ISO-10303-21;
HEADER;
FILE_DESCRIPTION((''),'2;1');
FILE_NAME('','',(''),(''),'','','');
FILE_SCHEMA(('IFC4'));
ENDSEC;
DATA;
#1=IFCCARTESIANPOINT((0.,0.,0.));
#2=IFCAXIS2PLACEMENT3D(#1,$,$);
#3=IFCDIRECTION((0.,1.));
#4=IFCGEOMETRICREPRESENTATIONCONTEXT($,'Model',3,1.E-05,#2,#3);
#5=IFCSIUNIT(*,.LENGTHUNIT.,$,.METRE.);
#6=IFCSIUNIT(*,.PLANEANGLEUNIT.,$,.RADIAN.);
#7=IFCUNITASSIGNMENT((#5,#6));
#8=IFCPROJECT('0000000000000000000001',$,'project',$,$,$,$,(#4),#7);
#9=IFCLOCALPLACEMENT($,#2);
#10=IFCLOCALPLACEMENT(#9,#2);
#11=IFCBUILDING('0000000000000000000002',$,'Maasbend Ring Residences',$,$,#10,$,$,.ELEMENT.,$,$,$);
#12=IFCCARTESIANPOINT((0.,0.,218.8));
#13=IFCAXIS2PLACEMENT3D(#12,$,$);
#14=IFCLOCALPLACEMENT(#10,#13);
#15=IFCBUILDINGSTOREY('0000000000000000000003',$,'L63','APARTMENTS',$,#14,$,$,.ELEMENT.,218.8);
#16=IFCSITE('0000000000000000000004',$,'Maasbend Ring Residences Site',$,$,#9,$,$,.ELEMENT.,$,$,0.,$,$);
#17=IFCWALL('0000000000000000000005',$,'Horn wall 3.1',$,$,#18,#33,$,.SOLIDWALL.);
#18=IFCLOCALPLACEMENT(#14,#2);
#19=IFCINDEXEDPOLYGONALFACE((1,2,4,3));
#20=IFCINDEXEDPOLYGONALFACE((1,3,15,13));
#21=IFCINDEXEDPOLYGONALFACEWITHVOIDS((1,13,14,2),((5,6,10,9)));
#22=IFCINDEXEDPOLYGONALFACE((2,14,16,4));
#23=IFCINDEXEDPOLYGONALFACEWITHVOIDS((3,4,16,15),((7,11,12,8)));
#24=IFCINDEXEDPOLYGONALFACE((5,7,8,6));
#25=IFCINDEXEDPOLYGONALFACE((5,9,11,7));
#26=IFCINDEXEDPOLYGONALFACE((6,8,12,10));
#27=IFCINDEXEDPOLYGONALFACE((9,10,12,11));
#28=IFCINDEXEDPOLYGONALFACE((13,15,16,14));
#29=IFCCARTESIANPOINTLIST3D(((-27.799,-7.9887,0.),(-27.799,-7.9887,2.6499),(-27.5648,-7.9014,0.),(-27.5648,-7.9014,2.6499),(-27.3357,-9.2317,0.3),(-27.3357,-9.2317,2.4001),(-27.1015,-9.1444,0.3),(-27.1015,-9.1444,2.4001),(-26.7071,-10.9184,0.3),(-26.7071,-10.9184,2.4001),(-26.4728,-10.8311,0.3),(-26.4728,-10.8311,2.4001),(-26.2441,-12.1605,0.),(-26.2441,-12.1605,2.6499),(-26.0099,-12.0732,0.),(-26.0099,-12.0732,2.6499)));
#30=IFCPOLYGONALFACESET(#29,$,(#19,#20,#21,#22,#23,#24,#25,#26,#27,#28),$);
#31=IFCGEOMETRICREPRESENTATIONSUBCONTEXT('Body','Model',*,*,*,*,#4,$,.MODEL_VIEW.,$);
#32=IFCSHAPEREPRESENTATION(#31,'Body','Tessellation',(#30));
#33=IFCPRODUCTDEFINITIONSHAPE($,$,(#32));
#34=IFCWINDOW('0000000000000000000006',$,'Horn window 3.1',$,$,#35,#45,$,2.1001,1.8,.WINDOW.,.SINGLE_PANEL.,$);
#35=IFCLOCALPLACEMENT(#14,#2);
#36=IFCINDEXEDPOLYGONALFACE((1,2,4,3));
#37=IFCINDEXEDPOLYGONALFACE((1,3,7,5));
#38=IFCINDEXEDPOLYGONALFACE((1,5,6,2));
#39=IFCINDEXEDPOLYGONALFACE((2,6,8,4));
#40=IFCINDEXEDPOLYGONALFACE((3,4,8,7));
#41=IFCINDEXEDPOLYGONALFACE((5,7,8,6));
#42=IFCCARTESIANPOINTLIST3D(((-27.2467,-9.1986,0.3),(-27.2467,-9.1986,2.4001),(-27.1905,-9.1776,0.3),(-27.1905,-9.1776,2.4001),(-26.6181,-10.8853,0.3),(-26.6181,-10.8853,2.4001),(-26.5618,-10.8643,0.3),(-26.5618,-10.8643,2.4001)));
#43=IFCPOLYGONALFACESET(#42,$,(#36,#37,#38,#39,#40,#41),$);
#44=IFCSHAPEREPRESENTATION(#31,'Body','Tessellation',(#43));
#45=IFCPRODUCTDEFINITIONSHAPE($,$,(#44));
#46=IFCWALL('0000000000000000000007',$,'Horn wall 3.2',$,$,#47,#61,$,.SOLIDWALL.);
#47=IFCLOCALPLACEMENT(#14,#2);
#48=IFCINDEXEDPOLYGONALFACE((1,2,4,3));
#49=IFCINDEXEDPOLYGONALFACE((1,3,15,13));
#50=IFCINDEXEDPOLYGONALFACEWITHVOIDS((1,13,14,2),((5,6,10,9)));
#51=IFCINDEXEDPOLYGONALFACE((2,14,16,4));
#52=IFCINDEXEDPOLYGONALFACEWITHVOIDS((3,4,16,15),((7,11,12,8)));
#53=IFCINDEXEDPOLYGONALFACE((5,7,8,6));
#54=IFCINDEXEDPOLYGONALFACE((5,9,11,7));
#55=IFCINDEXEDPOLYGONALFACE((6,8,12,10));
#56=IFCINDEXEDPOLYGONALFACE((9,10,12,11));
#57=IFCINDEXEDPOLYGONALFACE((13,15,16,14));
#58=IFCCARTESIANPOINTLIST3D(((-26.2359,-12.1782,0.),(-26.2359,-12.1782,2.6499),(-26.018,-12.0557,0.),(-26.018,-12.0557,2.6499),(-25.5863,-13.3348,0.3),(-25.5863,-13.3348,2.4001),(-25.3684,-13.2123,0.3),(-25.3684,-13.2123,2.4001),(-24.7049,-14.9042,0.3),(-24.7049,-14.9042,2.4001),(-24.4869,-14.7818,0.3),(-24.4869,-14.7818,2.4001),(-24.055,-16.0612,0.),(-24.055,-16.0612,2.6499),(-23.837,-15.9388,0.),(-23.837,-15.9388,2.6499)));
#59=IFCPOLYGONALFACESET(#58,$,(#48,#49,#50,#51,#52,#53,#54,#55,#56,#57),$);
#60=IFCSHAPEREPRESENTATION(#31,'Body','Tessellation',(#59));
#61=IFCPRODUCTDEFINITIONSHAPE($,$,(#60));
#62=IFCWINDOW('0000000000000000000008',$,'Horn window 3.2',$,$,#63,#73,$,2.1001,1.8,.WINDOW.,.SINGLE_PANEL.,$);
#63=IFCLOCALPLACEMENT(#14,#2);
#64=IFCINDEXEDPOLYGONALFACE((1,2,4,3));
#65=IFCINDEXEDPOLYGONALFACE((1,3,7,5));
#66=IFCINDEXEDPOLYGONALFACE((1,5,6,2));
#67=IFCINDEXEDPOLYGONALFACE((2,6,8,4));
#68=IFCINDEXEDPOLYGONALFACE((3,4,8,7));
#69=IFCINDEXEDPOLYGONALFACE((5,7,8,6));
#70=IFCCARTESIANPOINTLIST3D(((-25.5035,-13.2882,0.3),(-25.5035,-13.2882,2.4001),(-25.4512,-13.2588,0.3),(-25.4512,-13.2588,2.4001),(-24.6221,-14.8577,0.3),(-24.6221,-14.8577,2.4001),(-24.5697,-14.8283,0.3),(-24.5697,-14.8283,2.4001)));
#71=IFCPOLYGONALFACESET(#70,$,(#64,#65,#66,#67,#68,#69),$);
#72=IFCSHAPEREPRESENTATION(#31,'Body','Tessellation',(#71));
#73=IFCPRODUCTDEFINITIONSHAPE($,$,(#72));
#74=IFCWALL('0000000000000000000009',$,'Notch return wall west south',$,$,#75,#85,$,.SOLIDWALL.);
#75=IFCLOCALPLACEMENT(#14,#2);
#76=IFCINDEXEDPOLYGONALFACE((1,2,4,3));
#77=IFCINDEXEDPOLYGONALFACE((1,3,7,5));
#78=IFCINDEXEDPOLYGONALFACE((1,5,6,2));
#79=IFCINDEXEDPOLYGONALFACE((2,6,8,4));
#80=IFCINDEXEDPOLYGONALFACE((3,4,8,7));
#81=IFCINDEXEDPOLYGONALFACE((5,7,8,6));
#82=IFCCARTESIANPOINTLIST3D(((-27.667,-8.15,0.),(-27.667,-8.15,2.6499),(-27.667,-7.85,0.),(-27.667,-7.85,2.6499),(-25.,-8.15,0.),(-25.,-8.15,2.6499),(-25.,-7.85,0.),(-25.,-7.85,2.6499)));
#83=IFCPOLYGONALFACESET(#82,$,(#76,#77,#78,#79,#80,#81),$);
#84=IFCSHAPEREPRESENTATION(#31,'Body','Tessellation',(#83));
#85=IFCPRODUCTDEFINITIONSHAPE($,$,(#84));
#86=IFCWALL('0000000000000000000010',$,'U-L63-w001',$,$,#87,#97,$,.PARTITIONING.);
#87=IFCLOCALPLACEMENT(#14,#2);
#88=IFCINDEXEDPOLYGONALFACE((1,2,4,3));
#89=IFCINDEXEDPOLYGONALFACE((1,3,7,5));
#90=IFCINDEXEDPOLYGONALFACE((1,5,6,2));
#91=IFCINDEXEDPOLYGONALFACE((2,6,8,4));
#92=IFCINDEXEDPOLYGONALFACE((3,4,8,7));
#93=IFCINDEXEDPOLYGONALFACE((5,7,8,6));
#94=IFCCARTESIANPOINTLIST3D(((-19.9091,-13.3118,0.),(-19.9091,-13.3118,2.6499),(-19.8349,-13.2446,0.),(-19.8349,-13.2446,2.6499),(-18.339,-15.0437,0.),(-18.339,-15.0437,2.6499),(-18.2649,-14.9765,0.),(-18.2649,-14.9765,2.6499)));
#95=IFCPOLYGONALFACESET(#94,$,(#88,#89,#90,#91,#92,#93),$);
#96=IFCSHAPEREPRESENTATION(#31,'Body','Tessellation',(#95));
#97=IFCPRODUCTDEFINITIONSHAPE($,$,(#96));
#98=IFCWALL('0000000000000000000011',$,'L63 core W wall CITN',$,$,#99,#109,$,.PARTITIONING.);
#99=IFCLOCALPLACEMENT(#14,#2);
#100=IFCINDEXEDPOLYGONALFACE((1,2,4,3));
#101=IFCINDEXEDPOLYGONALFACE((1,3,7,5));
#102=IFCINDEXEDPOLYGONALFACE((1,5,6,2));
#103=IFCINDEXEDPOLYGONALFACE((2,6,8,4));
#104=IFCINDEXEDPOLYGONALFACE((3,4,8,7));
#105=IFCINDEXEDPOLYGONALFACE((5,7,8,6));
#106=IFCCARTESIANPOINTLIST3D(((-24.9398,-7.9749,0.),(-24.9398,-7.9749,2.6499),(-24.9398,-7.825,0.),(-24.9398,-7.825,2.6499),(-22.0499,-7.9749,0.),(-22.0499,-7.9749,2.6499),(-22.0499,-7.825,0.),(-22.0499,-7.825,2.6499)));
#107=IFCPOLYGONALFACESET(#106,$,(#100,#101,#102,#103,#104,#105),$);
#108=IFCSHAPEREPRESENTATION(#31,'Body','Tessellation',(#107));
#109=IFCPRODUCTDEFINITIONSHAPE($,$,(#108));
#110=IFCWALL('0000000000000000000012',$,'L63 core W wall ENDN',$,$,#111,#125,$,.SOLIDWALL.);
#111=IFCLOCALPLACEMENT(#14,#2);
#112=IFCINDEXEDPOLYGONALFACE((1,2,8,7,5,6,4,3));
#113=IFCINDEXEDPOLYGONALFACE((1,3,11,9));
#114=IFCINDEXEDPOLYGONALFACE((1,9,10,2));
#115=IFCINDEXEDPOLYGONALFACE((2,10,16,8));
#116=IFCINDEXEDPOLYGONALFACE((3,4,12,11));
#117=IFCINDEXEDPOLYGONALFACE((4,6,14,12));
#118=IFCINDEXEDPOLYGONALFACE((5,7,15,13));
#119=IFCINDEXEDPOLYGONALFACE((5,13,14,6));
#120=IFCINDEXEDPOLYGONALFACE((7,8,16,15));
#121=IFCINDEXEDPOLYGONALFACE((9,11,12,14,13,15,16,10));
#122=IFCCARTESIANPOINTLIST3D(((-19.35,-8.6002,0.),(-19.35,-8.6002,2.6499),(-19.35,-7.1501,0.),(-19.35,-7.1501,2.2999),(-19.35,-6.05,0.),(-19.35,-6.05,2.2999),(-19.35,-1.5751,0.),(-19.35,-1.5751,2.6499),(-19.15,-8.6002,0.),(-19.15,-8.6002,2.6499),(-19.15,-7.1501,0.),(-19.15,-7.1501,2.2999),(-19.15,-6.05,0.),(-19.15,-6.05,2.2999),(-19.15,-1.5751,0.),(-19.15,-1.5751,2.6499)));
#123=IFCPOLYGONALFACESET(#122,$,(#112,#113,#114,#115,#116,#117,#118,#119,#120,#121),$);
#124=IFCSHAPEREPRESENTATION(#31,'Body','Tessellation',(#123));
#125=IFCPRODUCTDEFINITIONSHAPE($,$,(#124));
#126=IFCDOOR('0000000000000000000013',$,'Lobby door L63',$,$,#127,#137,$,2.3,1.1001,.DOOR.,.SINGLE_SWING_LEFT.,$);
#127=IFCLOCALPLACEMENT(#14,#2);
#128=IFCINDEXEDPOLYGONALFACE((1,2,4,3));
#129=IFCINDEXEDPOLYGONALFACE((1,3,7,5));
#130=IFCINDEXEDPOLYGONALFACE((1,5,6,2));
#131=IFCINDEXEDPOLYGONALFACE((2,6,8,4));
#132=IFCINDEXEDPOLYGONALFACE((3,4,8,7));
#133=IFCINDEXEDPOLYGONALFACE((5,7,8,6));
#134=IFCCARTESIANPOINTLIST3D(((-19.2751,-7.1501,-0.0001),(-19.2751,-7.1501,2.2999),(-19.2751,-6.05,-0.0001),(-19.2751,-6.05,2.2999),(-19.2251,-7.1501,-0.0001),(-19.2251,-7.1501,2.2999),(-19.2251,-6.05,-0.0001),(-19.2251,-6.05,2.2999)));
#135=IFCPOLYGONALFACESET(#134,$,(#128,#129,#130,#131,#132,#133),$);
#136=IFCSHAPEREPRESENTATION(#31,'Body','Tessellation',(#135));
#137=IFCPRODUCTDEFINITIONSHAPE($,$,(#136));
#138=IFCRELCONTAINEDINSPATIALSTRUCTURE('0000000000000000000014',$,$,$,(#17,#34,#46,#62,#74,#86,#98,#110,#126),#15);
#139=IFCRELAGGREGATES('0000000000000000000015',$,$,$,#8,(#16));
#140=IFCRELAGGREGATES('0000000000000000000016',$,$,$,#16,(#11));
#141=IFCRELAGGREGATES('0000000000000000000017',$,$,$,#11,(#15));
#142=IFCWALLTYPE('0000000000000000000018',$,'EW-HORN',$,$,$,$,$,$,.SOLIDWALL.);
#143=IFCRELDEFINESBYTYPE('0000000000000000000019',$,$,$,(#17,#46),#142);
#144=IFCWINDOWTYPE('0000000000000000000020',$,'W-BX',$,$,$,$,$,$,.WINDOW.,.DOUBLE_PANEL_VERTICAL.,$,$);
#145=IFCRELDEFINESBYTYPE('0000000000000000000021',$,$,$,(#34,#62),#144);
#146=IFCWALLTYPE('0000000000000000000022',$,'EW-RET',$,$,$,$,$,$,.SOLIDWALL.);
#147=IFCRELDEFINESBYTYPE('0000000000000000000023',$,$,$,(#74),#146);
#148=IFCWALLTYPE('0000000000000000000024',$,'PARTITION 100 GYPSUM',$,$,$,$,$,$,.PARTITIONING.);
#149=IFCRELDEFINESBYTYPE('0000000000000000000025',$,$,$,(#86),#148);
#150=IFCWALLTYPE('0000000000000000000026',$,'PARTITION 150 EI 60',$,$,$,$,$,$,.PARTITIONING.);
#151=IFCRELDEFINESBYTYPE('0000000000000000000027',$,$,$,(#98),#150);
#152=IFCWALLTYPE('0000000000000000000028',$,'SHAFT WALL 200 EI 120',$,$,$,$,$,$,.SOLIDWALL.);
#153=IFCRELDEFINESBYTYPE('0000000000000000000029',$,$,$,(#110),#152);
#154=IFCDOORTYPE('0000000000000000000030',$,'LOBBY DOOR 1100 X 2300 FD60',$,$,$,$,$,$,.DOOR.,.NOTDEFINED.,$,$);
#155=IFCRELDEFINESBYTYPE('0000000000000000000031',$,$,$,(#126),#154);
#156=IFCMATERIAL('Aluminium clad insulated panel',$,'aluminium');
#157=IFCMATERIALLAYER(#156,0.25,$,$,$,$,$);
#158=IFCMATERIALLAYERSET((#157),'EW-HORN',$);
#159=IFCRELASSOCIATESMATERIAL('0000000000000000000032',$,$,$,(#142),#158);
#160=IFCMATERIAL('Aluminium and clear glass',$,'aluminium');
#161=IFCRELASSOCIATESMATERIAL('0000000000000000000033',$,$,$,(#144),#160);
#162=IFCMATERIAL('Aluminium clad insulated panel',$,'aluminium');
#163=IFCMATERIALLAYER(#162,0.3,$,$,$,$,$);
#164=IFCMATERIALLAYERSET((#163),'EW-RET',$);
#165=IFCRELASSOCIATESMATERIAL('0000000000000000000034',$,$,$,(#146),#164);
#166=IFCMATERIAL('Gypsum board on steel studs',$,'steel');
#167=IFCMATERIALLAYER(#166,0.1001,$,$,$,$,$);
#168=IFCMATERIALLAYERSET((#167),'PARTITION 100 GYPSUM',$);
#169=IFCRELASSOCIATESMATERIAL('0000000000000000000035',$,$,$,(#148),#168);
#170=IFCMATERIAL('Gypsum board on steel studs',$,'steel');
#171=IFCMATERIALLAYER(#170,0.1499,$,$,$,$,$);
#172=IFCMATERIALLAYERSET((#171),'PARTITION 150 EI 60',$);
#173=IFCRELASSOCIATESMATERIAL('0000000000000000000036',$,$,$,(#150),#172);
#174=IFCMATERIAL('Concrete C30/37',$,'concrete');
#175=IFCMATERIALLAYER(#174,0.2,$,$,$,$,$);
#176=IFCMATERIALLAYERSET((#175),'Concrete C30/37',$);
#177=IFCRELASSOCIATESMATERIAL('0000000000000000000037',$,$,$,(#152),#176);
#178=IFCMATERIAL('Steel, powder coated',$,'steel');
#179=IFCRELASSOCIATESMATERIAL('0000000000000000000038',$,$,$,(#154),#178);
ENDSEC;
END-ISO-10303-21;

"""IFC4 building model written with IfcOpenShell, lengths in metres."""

from ifc_helpers import new_model, si_unit, direction, frame, frame_2d, origin, place, context, subcontext, project, spatial, rectangle, extrude, material, layer, layer_set, type_object, element, fill, save


model = new_model("IFC4")

# Units and contexts
model_context = context("Model", 3, precision=1e-05, world=origin(), true_north=direction((0.0, 1.0)))
body_context = subcontext(model_context, "Body", "Model", "MODEL_VIEW")
ifc_project = project(units=[si_unit("LENGTHUNIT", "METRE"), si_unit("PLANEANGLEUNIT", "RADIAN")], contexts=[model_context])

# Site, building, storey
site_placement = place(None, origin())
site = spatial("IfcSite", under=ifc_project, at=site_placement, Name="Maasbend Ring Residences Site", CompositionType="ELEMENT", RefElevation=0.0)
building_placement = place(site_placement, origin())
building = spatial("IfcBuilding", under=site, at=building_placement, Name="Maasbend Ring Residences", CompositionType="ELEMENT")
storey_placement = place(building_placement, frame((0.0, 0.0, 218.8)))
storey = spatial("IfcBuildingStorey", under=building, at=storey_placement, Name="L63", Description="APARTMENTS", CompositionType="ELEMENT", Elevation=218.8)

# Walls, openings, windows
ifc_material_1 = material(Name="Aluminium clad insulated panel", Category="aluminium")
ifc_layer_1 = layer(ifc_material_1, 0.25)
ifc_layer_set_1 = layer_set([ifc_layer_1], Name="EW-HORN")
wall_type_1 = type_object("IfcWallType", Name="EW-HORN", PredefinedType="SOLIDWALL", material=ifc_layer_set_1)
wall_1_placement = place(storey_placement, frame((-27.6819, -7.9451, 0.0), z_axis=(0.0, 0.0, 1.0), x_axis=(0.349248, -0.93703, 0.0)))
wall_1 = element("IfcWall", 1, at=wall_1_placement, inside=storey, type_object=wall_type_1, Name="Horn wall 3.1", PredefinedType="SOLIDWALL", context=body_context, shape_type="SweptSolid", body=[
    extrude(rectangle(XDim=4.4521, YDim=0.25, at=frame_2d((2.2261, 0.0))), origin(), (0.0, 0.0, 1.0), 2.6499),
])
opening_1_placement = place(wall_1_placement, frame((1.3267, 0.0, 0.3)))
opening_1 = element("IfcOpeningElement", 2, at=opening_1_placement, cuts=wall_1, PredefinedType="OPENING", context=body_context, shape_type="SweptSolid", body=[
    extrude(rectangle(XDim=1.8, YDim=2.1001, at=frame_2d((0.8999, 1.05))), frame((0.0, 0.135, 0.0), z_axis=(0.0, -1.0, 0.0), x_axis=(1.0, 0.0, 0.0)), (0.0, 0.0, 1.0), 0.27),
])
ifc_material_2 = material(Name="Aluminium and clear glass", Category="aluminium")
window_type = type_object("IfcWindowType", Name="W-BX", PartitioningType="DOUBLE_PANEL_VERTICAL", PredefinedType="WINDOW", material=ifc_material_2)
window_1_placement = place(opening_1_placement, origin())
window_1 = element("IfcWindow", 3, at=window_1_placement, inside=storey, type_object=window_type, Name="Horn window 3.1", OverallHeight=2.1001, OverallWidth=1.8, PartitioningType="SINGLE_PANEL", PredefinedType="WINDOW", context=body_context, shape_type="SweptSolid", body=[
    extrude(rectangle(XDim=1.8, YDim=2.1001, at=frame_2d((0.8999, 1.05))), frame((0.0, 0.03, 0.0), z_axis=(0.0, -1.0, 0.0), x_axis=(1.0, 0.0, 0.0)), (0.0, 0.0, 1.0), 0.0601),
])
fill(opening_1, window_1)
wall_2_placement = place(storey_placement, frame((-26.127, -12.1169, 0.0), z_axis=(0.0, 0.0, 1.0), x_axis=(0.489696, -0.871893, 0.0)))
wall_2 = element("IfcWall", 4, at=wall_2_placement, inside=storey, type_object=wall_type_1, Name="Horn wall 3.2", PredefinedType="SOLIDWALL", context=body_context, shape_type="SweptSolid", body=[
    extrude(rectangle(XDim=4.4536, YDim=0.25, at=frame_2d((2.2268, 0.0))), origin(), (0.0, 0.0, 1.0), 2.6499),
])
opening_2_placement = place(wall_2_placement, frame((1.3267, 0.0, 0.3)))
opening_2 = element("IfcOpeningElement", 5, at=opening_2_placement, cuts=wall_2, PredefinedType="OPENING", context=body_context, shape_type="SweptSolid", body=[
    extrude(rectangle(XDim=1.8, YDim=2.1001, at=frame_2d((0.8999, 1.05))), frame((0.0, 0.135, 0.0), z_axis=(0.0, -1.0, 0.0), x_axis=(1.0, 0.0, 0.0)), (0.0, 0.0, 1.0), 0.27),
])
window_2_placement = place(opening_2_placement, origin())
window_2 = element("IfcWindow", 6, at=window_2_placement, inside=storey, type_object=window_type, Name="Horn window 3.2", OverallHeight=2.1001, OverallWidth=1.8, PartitioningType="SINGLE_PANEL", PredefinedType="WINDOW", context=body_context, shape_type="SweptSolid", body=[
    extrude(rectangle(XDim=1.8, YDim=2.1001, at=frame_2d((0.8999, 1.05))), frame((0.0, 0.03, 0.0), z_axis=(0.0, -1.0, 0.0), x_axis=(1.0, 0.0, 0.0)), (0.0, 0.0, 1.0), 0.0601),
])
fill(opening_2, window_2)

# Walls
ifc_material_3 = material(Name="Aluminium clad insulated panel", Category="aluminium")
ifc_layer_2 = layer(ifc_material_3, 0.3)
ifc_layer_set_2 = layer_set([ifc_layer_2], Name="EW-RET")
wall_type_2 = type_object("IfcWallType", Name="EW-RET", PredefinedType="SOLIDWALL", material=ifc_layer_set_2)
wall_3_placement = place(storey_placement, frame((-25.0, -8.0, 0.0), z_axis=(0.0, 0.0, 1.0), x_axis=(-1.0, 0.0, 0.0)))
element("IfcWall", 7, at=wall_3_placement, inside=storey, type_object=wall_type_2, Name="Notch return wall west south", PredefinedType="SOLIDWALL", context=body_context, shape_type="SweptSolid", body=[
    extrude(rectangle(XDim=2.667, YDim=0.3, at=frame_2d((1.3335, 0.0))), origin(), (0.0, 0.0, 1.0), 2.6499),
])
ifc_material_4 = material(Name="Gypsum board on steel studs", Category="steel")
ifc_layer_3 = layer(ifc_material_4, 0.1001)
ifc_layer_set_3 = layer_set([ifc_layer_3], Name="PARTITION 100 GYPSUM")
wall_type_3 = type_object("IfcWallType", Name="PARTITION 100 GYPSUM", PredefinedType="PARTITIONING", material=ifc_layer_set_3)
wall_4_placement = place(storey_placement, frame((-19.8721, -13.2781, 0.0), z_axis=(0.0, 0.0, 1.0), x_axis=(0.671638, -0.74088, 0.0)))
element("IfcWall", 8, at=wall_4_placement, inside=storey, type_object=wall_type_3, Name="U-L63-w001", PredefinedType="PARTITIONING", context=body_context, shape_type="SweptSolid", body=[
    extrude(rectangle(XDim=2.3376, YDim=0.1001, at=frame_2d((1.1689, 0.0))), origin(), (0.0, 0.0, 1.0), 2.6499),
])
ifc_material_5 = material(Name="Gypsum board on steel studs", Category="steel")
ifc_layer_4 = layer(ifc_material_5, 0.1499)
ifc_layer_set_4 = layer_set([ifc_layer_4], Name="PARTITION 150 EI 60")
wall_type_4 = type_object("IfcWallType", Name="PARTITION 150 EI 60", PredefinedType="PARTITIONING", material=ifc_layer_set_4)
wall_5_placement = place(storey_placement, frame((-22.05, -7.8999, 0.0), z_axis=(0.0, 0.0, 1.0), x_axis=(-1.0, 0.0, 0.0)))
element("IfcWall", 9, at=wall_5_placement, inside=storey, type_object=wall_type_4, Name="L63 core W wall CITN", PredefinedType="PARTITIONING", context=body_context, shape_type="SweptSolid", body=[
    extrude(rectangle(XDim=2.8899, YDim=0.1499, at=frame_2d((1.4448, 0.0))), origin(), (0.0, 0.0, 1.0), 2.6499),
])

# Wall, opening, door
ifc_material_6 = material(Name="Concrete C30/37", Category="concrete")
ifc_layer_5 = layer(ifc_material_6, 0.2)
ifc_layer_set_5 = layer_set([ifc_layer_5], Name="Concrete C30/37")
wall_type_5 = type_object("IfcWallType", Name="SHAFT WALL 200 EI 120", PredefinedType="SOLIDWALL", material=ifc_layer_set_5)
wall_6_placement = place(storey_placement, frame((-19.25, -1.575, 0.0), z_axis=(0.0, 0.0, 1.0), x_axis=(0.0, -1.0, 0.0)))
wall_6 = element("IfcWall", 10, at=wall_6_placement, inside=storey, type_object=wall_type_5, Name="L63 core W wall ENDN", PredefinedType="SOLIDWALL", context=body_context, shape_type="SweptSolid", body=[
    extrude(rectangle(XDim=7.0251, YDim=0.2, at=frame_2d((3.5127, 0.0))), origin(), (0.0, 0.0, 1.0), 2.6499),
])
opening_3_placement = place(wall_6_placement, frame((4.4751, 0.0, 0.0)))
opening_3 = element("IfcOpeningElement", 11, at=opening_3_placement, cuts=wall_6, PredefinedType="OPENING", context=body_context, shape_type="SweptSolid", body=[
    extrude(rectangle(XDim=1.1001, YDim=2.3, at=frame_2d((0.55, 1.1499))), frame((0.0, 0.1099, 0.0), z_axis=(0.0, -1.0, 0.0), x_axis=(1.0, 0.0, 0.0)), (0.0, 0.0, 1.0), 0.22),
])
ifc_material_7 = material(Name="Steel, powder coated", Category="steel")
door_type_1 = type_object("IfcDoorType", Name="LOBBY DOOR 1100 X 2300 FD60", OperationType="NOTDEFINED", PredefinedType="DOOR", material=ifc_material_7)
door_1_placement = place(opening_3_placement, origin())
door_1 = element("IfcDoor", 12, at=door_1_placement, inside=storey, type_object=door_type_1, Name="Lobby door L63", OperationType="SINGLE_SWING_LEFT", OverallHeight=2.3, OverallWidth=1.1001, PredefinedType="DOOR", context=body_context, shape_type="SweptSolid", body=[
    extrude(rectangle(XDim=1.1001, YDim=2.3, at=frame_2d((0.55, 1.1499))), frame((0.0, 0.0249, 0.0), z_axis=(0.0, -1.0, 0.0), x_axis=(1.0, 0.0, 0.0)), (0.0, 0.0, 1.0), 0.05),
])
fill(opening_3, door_1)

save(model, "model.ifc")
